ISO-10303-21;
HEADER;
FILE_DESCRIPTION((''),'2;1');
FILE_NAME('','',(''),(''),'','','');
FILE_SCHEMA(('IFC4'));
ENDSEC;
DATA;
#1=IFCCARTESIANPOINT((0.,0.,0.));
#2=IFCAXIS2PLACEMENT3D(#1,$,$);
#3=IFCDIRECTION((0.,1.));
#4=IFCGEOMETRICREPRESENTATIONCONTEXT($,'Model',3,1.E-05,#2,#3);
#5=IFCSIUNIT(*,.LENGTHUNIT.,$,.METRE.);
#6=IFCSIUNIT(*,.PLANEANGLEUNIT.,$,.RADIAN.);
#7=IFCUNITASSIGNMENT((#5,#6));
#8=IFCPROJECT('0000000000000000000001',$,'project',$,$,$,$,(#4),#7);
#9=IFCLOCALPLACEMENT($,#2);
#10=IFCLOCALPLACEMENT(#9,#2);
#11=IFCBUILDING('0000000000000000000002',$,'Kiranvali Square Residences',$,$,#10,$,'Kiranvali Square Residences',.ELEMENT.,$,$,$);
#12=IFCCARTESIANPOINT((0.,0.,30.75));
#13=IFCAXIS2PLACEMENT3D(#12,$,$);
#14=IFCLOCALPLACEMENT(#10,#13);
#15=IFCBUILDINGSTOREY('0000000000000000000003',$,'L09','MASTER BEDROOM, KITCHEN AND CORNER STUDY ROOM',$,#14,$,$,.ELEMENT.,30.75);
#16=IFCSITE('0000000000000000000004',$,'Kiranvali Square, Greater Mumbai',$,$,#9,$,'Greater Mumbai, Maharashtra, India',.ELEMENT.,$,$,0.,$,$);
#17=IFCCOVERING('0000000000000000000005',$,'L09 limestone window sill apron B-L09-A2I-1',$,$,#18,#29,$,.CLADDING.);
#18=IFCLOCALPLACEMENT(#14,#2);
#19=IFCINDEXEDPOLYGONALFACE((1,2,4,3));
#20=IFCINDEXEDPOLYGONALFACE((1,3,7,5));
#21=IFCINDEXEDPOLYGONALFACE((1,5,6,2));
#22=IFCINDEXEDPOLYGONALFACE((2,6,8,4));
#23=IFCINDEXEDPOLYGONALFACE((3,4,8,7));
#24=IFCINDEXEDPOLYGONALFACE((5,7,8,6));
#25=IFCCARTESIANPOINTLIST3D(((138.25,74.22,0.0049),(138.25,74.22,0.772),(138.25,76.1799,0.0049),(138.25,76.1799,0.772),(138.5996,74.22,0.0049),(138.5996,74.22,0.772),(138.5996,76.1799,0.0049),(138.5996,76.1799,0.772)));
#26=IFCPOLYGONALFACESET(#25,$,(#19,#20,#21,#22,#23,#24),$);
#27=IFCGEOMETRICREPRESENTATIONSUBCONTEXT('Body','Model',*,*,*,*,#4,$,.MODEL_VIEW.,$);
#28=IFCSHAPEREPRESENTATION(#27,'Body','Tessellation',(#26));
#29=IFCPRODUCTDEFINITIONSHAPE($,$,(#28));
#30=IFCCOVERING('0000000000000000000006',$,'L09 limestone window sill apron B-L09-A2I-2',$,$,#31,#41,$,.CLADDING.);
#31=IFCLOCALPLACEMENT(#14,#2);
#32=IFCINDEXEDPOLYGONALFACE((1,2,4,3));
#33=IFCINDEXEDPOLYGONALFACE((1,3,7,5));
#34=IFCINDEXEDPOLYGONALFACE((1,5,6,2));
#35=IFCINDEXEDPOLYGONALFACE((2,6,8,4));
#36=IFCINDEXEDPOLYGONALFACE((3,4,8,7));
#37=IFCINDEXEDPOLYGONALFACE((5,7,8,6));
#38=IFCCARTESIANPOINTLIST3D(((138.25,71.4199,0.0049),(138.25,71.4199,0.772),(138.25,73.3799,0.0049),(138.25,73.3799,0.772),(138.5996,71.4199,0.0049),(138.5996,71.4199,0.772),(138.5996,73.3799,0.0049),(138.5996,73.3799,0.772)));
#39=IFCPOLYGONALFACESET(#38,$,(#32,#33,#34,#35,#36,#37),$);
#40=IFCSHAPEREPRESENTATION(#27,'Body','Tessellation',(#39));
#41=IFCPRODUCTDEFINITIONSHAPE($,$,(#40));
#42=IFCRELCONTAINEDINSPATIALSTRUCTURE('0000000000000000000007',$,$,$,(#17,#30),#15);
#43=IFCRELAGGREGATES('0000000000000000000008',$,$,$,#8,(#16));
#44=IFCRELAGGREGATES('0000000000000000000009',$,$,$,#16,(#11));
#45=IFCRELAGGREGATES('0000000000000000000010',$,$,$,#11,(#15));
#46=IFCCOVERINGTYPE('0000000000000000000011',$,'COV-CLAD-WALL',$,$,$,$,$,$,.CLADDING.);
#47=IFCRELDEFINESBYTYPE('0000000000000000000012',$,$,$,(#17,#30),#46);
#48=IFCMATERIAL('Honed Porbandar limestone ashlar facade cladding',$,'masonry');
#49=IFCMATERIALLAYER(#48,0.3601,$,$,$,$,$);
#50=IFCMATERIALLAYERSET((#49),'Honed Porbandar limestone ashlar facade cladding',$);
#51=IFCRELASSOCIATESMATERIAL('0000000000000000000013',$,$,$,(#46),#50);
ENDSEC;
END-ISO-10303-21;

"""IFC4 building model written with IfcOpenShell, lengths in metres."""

from ifc_helpers import new_model, si_unit, direction, frame, origin, place, context, subcontext, project, spatial, polyline, outline, extrude, material, layer, layer_set, type_object, element, save


model = new_model("IFC4")

# Units and contexts
model_context = context("Model", 3, precision=1e-05, world=origin(), true_north=direction((0.0, 1.0)))
body_context = subcontext(model_context, "Body", "Model", "MODEL_VIEW")
ifc_project = project(units=[si_unit("LENGTHUNIT", "METRE"), si_unit("PLANEANGLEUNIT", "RADIAN")], contexts=[model_context])

# Site, building, storey
site_placement = place(None, origin())
site = spatial("IfcSite", under=ifc_project, at=site_placement, Name="Kiranvali Square, Greater Mumbai", LongName="Greater Mumbai, Maharashtra, India", CompositionType="ELEMENT", RefElevation=0.0)
building_placement = place(site_placement, origin())
building = spatial("IfcBuilding", under=site, at=building_placement, Name="Kiranvali Square Residences", LongName="Kiranvali Square Residences", CompositionType="ELEMENT")
storey_placement = place(building_placement, frame((0.0, 0.0, 30.75)))
storey = spatial("IfcBuildingStorey", under=building, at=storey_placement, Name="L09", Description="MASTER BEDROOM, KITCHEN AND CORNER STUDY ROOM", CompositionType="ELEMENT", Elevation=30.75)

# Coverings
ifc_material = material(Name="Honed Porbandar limestone ashlar facade cladding", Category="masonry")
ifc_layer_1 = layer(ifc_material, 0.3601)
ifc_layer_set_1 = layer_set([ifc_layer_1], Name="Honed Porbandar limestone ashlar facade cladding")
covering_type_1 = type_object("IfcCoveringType", Name="COV-CLAD-WALL", PredefinedType="CLADDING", material=ifc_layer_set_1)
covering_1_placement = place(storey_placement, frame((0.0, 0.0, 0.0049)))
element("IfcCovering", 1, at=covering_1_placement, inside=storey, type_object=covering_type_1, Name="L09 limestone window sill apron B-L09-A2I-1", PredefinedType="CLADDING", context=body_context, shape_type="SweptSolid", body=[
    extrude(outline(polyline([(138.25, 76.1799), (138.25, 74.22), (138.5996, 74.22), (138.5996, 76.1799), (138.25, 76.1799)])), origin(), (0.0, 0.0, 1.0), 0.7671),
])
covering_2_placement = place(storey_placement, frame((0.0, 0.0, 0.0049)))
element("IfcCovering", 2, at=covering_2_placement, inside=storey, type_object=covering_type_1, Name="L09 limestone window sill apron B-L09-A2I-2", PredefinedType="CLADDING", context=body_context, shape_type="SweptSolid", body=[
    extrude(outline(polyline([(138.25, 73.3799), (138.25, 71.4199), (138.5996, 71.4199), (138.5996, 73.3799), (138.25, 73.3799)])), origin(), (0.0, 0.0, 1.0), 0.7671),
])

save(model, "model.ifc")
